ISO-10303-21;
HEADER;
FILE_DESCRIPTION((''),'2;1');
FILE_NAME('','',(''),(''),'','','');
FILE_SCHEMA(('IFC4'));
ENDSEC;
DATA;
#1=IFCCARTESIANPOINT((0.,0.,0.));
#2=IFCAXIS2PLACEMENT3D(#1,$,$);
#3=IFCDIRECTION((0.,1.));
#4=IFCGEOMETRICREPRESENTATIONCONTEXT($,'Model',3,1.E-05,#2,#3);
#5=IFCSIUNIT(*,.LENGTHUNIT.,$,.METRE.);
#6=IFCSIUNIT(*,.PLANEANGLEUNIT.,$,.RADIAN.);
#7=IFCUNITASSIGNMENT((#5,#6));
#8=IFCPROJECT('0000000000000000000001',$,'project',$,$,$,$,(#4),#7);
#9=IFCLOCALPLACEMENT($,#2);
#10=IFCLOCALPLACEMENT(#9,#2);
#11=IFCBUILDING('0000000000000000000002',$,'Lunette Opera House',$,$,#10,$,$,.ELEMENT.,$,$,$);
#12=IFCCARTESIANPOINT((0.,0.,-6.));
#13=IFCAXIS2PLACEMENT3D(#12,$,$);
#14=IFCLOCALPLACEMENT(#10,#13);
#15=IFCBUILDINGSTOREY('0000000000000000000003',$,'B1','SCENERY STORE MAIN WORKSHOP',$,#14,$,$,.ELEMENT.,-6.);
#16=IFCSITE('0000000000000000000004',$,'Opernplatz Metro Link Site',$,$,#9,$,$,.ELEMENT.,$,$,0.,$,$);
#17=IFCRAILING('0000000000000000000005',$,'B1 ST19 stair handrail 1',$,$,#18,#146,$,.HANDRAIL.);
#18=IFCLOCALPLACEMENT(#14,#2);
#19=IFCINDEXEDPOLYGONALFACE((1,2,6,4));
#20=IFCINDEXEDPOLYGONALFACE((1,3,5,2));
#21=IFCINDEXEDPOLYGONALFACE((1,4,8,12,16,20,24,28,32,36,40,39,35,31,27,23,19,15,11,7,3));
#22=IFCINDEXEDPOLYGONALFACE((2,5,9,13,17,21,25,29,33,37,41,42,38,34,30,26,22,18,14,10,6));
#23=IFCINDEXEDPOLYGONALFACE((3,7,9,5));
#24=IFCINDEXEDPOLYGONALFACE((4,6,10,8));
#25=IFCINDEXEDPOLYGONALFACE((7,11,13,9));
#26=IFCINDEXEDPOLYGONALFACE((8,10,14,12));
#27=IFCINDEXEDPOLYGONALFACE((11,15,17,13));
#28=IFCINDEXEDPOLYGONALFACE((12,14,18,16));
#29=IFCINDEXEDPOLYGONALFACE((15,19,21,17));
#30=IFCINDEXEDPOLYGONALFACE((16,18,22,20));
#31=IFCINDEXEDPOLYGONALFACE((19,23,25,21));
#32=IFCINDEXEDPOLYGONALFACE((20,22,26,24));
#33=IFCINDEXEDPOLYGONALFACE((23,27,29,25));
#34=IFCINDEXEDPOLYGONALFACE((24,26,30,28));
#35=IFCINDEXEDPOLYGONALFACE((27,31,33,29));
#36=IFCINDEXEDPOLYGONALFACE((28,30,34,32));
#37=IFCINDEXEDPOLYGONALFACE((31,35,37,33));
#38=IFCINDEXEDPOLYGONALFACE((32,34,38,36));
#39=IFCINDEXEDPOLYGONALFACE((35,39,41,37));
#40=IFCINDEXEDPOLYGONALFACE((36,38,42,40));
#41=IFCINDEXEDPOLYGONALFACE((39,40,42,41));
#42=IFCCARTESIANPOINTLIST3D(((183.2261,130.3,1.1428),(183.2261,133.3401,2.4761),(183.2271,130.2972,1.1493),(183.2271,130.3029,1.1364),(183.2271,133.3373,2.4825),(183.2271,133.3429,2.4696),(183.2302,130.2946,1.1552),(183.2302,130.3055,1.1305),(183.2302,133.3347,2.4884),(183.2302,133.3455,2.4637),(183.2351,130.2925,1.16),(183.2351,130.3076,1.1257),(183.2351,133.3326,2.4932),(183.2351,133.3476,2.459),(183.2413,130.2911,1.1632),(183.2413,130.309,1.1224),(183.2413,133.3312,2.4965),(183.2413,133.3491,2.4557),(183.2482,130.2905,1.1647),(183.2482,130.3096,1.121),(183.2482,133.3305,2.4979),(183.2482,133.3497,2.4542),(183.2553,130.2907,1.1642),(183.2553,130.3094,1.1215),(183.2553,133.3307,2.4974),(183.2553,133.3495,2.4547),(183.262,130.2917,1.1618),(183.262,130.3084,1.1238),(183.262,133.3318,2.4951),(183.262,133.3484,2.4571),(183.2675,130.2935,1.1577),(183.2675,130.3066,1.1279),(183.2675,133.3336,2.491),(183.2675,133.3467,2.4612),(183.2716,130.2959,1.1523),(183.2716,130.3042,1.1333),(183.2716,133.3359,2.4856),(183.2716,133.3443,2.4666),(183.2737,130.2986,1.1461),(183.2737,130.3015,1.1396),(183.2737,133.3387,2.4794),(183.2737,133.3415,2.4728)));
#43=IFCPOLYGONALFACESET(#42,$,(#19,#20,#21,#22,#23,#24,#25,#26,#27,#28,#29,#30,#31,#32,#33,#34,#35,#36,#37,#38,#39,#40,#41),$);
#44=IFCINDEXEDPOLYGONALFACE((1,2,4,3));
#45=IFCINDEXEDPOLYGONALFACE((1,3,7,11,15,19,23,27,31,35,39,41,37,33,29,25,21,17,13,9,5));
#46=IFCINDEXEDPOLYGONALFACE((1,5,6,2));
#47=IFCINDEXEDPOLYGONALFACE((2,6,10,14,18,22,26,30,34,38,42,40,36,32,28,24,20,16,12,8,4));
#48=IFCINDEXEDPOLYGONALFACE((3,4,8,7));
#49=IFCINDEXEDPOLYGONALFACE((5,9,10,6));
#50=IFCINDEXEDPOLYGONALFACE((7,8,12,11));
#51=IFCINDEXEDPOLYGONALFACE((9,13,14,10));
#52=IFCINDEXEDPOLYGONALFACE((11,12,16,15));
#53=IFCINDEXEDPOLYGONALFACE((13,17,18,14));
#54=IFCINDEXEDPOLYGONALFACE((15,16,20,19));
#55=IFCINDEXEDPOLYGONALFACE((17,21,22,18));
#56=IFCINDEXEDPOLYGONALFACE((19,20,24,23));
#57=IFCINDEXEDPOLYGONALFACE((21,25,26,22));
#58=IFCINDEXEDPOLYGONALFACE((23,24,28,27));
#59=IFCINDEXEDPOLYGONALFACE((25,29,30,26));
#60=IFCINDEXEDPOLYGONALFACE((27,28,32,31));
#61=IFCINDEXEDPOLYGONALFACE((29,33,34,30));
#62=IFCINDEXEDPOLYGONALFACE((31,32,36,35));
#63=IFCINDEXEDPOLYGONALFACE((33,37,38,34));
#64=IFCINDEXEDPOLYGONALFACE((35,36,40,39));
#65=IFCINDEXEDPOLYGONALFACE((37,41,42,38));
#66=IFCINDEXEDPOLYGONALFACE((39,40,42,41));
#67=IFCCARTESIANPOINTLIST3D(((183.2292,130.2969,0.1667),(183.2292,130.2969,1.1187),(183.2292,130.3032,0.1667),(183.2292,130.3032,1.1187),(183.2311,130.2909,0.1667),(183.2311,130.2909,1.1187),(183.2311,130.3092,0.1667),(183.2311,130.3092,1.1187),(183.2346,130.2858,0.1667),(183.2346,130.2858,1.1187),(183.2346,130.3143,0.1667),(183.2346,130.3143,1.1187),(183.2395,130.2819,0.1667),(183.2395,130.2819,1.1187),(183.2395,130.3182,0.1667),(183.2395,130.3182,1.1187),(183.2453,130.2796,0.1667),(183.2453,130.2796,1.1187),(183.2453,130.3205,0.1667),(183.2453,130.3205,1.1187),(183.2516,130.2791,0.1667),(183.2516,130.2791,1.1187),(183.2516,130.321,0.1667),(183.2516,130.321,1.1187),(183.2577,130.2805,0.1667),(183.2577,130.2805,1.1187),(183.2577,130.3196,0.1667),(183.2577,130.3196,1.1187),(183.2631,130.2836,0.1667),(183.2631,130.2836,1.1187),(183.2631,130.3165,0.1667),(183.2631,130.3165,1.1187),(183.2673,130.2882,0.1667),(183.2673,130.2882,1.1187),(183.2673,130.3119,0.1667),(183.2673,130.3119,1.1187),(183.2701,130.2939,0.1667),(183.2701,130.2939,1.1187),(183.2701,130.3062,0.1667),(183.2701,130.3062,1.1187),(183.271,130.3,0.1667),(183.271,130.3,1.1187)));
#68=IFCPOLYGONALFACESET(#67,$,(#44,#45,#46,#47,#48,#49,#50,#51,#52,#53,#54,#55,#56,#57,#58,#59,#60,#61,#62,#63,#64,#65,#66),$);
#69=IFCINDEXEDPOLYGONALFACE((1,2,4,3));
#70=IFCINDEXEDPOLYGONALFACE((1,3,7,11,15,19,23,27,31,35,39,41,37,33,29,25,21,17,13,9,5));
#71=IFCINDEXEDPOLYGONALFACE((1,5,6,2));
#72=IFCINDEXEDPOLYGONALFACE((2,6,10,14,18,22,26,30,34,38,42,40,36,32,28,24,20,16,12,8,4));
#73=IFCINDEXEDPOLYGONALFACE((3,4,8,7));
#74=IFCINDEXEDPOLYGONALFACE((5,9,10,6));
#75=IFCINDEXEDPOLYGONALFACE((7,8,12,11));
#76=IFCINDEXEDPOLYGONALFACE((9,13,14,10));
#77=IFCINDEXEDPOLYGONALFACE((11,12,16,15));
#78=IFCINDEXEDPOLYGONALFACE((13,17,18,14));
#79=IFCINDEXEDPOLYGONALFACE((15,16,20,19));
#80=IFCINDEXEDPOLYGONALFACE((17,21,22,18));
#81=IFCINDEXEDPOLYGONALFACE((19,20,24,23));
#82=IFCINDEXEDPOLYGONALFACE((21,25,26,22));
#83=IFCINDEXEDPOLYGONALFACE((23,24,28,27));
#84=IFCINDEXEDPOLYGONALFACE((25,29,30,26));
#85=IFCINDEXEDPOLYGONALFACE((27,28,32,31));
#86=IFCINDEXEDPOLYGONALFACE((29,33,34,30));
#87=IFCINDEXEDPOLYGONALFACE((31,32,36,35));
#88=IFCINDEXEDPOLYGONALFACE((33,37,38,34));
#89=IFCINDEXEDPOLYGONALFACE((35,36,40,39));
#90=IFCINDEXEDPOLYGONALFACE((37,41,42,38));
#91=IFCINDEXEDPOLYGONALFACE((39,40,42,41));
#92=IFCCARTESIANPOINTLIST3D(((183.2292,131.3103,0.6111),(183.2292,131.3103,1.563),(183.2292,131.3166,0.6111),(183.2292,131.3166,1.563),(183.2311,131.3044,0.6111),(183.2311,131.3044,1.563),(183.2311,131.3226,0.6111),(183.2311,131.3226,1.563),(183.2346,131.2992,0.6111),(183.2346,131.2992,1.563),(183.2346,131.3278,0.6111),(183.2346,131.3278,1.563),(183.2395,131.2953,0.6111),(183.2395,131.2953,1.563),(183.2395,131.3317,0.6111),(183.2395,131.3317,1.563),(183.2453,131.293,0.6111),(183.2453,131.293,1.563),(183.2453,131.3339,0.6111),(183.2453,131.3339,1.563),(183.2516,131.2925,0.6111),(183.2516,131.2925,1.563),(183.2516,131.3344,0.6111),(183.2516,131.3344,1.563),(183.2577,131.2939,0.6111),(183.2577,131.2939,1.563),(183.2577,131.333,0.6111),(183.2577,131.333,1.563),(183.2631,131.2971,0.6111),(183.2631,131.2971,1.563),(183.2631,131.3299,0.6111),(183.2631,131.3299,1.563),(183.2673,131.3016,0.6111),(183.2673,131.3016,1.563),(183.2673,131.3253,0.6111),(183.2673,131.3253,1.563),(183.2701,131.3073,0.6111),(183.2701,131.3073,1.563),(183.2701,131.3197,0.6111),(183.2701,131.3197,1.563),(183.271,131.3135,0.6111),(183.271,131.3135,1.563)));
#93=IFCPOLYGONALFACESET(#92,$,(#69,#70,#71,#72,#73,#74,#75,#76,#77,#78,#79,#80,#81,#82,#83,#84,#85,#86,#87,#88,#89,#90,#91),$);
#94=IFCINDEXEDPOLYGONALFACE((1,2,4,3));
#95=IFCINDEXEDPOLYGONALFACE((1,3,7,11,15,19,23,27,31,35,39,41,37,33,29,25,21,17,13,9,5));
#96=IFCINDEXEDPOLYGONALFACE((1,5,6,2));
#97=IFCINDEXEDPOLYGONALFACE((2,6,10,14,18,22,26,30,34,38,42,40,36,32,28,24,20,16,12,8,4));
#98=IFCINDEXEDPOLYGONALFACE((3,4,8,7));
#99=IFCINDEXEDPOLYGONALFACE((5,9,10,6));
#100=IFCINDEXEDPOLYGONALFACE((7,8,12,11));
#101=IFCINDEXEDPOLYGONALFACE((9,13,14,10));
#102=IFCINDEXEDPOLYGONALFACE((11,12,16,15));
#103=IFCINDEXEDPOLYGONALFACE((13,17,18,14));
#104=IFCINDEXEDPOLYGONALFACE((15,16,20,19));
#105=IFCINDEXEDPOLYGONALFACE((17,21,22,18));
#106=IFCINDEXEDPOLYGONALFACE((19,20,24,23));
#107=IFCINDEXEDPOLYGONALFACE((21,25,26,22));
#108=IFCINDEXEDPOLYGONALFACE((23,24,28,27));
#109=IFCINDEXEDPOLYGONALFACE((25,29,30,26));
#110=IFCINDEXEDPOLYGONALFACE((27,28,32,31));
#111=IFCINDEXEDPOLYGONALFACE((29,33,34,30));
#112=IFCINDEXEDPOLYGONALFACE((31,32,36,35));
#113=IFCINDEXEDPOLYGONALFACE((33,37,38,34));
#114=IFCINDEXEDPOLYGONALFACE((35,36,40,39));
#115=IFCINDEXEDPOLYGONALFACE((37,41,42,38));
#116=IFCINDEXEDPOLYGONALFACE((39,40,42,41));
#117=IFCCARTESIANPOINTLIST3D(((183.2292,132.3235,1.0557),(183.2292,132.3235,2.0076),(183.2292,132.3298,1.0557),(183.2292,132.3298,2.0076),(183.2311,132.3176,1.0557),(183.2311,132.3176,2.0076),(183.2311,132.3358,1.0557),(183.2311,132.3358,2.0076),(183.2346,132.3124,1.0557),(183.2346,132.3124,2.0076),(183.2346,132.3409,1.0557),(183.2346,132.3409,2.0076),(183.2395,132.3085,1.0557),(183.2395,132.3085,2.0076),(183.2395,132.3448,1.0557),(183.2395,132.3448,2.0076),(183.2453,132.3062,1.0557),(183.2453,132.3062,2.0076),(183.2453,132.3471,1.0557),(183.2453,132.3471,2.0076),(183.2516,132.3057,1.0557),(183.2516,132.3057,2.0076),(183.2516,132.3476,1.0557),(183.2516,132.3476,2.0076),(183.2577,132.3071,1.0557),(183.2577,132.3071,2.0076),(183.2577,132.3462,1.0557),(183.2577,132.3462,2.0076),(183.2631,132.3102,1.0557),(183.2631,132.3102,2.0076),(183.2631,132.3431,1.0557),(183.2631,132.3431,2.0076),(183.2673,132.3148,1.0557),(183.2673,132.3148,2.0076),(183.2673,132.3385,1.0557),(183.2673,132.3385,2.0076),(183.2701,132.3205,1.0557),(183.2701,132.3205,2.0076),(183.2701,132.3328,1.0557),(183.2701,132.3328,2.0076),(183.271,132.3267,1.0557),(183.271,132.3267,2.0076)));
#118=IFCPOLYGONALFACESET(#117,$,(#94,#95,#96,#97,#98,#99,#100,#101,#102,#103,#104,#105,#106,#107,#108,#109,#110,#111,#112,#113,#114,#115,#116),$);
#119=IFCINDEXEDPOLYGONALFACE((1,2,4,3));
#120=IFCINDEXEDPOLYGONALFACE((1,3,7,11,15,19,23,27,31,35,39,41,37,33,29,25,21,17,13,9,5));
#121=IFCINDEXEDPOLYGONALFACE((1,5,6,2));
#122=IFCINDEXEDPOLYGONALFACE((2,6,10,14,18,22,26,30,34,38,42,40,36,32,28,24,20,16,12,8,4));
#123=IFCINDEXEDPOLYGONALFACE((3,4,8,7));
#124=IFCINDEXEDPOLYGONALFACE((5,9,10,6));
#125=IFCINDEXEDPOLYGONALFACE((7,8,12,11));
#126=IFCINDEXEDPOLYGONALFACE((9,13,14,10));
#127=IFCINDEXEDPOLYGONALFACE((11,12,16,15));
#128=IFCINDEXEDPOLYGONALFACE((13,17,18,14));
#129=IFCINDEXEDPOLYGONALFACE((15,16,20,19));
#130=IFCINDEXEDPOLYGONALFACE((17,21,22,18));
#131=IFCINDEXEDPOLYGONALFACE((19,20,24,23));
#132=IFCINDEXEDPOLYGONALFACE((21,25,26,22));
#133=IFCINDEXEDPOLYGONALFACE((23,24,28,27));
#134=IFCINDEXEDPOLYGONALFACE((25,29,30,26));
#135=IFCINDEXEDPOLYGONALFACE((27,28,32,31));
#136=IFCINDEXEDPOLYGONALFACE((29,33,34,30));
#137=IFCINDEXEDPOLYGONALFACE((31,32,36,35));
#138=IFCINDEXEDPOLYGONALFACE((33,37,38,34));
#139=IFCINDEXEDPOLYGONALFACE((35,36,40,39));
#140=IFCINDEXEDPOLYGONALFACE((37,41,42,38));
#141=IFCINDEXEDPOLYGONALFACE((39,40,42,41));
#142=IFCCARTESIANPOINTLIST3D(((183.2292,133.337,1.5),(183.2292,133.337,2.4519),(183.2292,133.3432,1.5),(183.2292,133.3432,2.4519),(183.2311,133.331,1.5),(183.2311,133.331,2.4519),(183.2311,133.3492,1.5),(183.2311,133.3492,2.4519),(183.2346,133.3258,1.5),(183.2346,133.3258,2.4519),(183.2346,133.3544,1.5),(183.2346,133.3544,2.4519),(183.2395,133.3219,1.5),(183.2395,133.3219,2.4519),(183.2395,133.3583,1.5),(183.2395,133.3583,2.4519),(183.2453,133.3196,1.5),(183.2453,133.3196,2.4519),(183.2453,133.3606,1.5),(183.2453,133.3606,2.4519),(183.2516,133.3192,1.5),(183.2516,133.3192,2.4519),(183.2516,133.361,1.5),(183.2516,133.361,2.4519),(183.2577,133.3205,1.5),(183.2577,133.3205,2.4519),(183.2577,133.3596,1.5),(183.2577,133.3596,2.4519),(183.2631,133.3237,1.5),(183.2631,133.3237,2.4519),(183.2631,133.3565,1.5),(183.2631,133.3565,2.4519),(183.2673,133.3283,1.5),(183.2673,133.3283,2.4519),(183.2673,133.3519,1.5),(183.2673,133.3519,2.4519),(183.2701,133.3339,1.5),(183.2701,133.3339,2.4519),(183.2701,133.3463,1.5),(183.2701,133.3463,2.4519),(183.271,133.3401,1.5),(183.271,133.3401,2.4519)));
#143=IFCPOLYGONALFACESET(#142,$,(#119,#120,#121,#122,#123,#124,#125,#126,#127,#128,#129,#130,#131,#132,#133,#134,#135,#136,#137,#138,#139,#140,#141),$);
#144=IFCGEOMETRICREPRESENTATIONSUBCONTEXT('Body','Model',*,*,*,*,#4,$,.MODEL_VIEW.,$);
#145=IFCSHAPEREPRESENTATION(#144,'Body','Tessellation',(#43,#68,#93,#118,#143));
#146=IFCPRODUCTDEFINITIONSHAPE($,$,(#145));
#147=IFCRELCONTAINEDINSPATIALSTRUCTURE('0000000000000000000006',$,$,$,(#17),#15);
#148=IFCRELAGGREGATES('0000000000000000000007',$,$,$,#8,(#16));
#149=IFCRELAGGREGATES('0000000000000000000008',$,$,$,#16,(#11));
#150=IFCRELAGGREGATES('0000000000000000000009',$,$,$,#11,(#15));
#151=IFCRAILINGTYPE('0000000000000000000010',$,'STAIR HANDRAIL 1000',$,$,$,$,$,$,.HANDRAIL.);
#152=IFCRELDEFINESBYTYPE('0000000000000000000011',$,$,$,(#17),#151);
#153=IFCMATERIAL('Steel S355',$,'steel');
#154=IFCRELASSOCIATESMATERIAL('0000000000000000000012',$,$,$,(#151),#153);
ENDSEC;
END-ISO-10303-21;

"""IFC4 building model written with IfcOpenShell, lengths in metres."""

from ifc_helpers import new_model, si_unit, direction, frame, origin, origin_2d, place, context, subcontext, project, spatial, circle, extrude, material, type_object, element, save


model = new_model("IFC4")

# Units and contexts
model_context = context("Model", 3, precision=1e-05, world=origin(), true_north=direction((0.0, 1.0)))
body_context = subcontext(model_context, "Body", "Model", "MODEL_VIEW")
ifc_project = project(units=[si_unit("LENGTHUNIT", "METRE"), si_unit("PLANEANGLEUNIT", "RADIAN")], contexts=[model_context])

# Site, building, storey
site_placement = place(None, origin())
site = spatial("IfcSite", under=ifc_project, at=site_placement, Name="Opernplatz Metro Link Site", CompositionType="ELEMENT", RefElevation=0.0)
building_placement = place(site_placement, origin())
building = spatial("IfcBuilding", under=site, at=building_placement, Name="Lunette Opera House", CompositionType="ELEMENT")
storey_placement = place(building_placement, frame((0.0, 0.0, -6.0)))
storey = spatial("IfcBuildingStorey", under=building, at=storey_placement, Name="B1", Description="SCENERY STORE MAIN WORKSHOP", CompositionType="ELEMENT", Elevation=-6.0)

# Railing
ifc_material_1 = material(Name="Steel S355", Category="steel")
railing_type_1 = type_object("IfcRailingType", Name="STAIR HANDRAIL 1000", PredefinedType="HANDRAIL", material=ifc_material_1)
for number, where, name in (
    (1, (183.25, 130.3, 0.1667), "B1 ST19 stair handrail 1"),
):
    element("IfcRailing", number, at=place(storey_placement, frame(where)), inside=storey, type_object=railing_type_1, Name=name, PredefinedType="HANDRAIL", context=body_context, shape_type="SweptSolid", body=[
        extrude(circle(Radius=0.0239, at=origin_2d()), frame((0.0, 0.0, 0.9761), z_axis=(0.0, 0.915799, 0.401637), x_axis=(-1.0, 0.0, 0.0)), (0.0, 0.0, 1.0), 3.3196),
        extrude(circle(Radius=0.021, at=origin_2d()), origin(), (0.0, 0.0, 1.0), 0.9519),
        extrude(circle(Radius=0.021, at=origin_2d()), frame((0.0, 1.0134, 0.4443)), (0.0, 0.0, 1.0), 0.9519),
        extrude(circle(Radius=0.021, at=origin_2d()), frame((0.0, 2.0266, 0.8889)), (0.0, 0.0, 1.0), 0.9519),
        extrude(circle(Radius=0.021, at=origin_2d()), frame((0.0, 3.04, 1.3333)), (0.0, 0.0, 1.0), 0.9519),
    ])

save(model, "model.ifc")
